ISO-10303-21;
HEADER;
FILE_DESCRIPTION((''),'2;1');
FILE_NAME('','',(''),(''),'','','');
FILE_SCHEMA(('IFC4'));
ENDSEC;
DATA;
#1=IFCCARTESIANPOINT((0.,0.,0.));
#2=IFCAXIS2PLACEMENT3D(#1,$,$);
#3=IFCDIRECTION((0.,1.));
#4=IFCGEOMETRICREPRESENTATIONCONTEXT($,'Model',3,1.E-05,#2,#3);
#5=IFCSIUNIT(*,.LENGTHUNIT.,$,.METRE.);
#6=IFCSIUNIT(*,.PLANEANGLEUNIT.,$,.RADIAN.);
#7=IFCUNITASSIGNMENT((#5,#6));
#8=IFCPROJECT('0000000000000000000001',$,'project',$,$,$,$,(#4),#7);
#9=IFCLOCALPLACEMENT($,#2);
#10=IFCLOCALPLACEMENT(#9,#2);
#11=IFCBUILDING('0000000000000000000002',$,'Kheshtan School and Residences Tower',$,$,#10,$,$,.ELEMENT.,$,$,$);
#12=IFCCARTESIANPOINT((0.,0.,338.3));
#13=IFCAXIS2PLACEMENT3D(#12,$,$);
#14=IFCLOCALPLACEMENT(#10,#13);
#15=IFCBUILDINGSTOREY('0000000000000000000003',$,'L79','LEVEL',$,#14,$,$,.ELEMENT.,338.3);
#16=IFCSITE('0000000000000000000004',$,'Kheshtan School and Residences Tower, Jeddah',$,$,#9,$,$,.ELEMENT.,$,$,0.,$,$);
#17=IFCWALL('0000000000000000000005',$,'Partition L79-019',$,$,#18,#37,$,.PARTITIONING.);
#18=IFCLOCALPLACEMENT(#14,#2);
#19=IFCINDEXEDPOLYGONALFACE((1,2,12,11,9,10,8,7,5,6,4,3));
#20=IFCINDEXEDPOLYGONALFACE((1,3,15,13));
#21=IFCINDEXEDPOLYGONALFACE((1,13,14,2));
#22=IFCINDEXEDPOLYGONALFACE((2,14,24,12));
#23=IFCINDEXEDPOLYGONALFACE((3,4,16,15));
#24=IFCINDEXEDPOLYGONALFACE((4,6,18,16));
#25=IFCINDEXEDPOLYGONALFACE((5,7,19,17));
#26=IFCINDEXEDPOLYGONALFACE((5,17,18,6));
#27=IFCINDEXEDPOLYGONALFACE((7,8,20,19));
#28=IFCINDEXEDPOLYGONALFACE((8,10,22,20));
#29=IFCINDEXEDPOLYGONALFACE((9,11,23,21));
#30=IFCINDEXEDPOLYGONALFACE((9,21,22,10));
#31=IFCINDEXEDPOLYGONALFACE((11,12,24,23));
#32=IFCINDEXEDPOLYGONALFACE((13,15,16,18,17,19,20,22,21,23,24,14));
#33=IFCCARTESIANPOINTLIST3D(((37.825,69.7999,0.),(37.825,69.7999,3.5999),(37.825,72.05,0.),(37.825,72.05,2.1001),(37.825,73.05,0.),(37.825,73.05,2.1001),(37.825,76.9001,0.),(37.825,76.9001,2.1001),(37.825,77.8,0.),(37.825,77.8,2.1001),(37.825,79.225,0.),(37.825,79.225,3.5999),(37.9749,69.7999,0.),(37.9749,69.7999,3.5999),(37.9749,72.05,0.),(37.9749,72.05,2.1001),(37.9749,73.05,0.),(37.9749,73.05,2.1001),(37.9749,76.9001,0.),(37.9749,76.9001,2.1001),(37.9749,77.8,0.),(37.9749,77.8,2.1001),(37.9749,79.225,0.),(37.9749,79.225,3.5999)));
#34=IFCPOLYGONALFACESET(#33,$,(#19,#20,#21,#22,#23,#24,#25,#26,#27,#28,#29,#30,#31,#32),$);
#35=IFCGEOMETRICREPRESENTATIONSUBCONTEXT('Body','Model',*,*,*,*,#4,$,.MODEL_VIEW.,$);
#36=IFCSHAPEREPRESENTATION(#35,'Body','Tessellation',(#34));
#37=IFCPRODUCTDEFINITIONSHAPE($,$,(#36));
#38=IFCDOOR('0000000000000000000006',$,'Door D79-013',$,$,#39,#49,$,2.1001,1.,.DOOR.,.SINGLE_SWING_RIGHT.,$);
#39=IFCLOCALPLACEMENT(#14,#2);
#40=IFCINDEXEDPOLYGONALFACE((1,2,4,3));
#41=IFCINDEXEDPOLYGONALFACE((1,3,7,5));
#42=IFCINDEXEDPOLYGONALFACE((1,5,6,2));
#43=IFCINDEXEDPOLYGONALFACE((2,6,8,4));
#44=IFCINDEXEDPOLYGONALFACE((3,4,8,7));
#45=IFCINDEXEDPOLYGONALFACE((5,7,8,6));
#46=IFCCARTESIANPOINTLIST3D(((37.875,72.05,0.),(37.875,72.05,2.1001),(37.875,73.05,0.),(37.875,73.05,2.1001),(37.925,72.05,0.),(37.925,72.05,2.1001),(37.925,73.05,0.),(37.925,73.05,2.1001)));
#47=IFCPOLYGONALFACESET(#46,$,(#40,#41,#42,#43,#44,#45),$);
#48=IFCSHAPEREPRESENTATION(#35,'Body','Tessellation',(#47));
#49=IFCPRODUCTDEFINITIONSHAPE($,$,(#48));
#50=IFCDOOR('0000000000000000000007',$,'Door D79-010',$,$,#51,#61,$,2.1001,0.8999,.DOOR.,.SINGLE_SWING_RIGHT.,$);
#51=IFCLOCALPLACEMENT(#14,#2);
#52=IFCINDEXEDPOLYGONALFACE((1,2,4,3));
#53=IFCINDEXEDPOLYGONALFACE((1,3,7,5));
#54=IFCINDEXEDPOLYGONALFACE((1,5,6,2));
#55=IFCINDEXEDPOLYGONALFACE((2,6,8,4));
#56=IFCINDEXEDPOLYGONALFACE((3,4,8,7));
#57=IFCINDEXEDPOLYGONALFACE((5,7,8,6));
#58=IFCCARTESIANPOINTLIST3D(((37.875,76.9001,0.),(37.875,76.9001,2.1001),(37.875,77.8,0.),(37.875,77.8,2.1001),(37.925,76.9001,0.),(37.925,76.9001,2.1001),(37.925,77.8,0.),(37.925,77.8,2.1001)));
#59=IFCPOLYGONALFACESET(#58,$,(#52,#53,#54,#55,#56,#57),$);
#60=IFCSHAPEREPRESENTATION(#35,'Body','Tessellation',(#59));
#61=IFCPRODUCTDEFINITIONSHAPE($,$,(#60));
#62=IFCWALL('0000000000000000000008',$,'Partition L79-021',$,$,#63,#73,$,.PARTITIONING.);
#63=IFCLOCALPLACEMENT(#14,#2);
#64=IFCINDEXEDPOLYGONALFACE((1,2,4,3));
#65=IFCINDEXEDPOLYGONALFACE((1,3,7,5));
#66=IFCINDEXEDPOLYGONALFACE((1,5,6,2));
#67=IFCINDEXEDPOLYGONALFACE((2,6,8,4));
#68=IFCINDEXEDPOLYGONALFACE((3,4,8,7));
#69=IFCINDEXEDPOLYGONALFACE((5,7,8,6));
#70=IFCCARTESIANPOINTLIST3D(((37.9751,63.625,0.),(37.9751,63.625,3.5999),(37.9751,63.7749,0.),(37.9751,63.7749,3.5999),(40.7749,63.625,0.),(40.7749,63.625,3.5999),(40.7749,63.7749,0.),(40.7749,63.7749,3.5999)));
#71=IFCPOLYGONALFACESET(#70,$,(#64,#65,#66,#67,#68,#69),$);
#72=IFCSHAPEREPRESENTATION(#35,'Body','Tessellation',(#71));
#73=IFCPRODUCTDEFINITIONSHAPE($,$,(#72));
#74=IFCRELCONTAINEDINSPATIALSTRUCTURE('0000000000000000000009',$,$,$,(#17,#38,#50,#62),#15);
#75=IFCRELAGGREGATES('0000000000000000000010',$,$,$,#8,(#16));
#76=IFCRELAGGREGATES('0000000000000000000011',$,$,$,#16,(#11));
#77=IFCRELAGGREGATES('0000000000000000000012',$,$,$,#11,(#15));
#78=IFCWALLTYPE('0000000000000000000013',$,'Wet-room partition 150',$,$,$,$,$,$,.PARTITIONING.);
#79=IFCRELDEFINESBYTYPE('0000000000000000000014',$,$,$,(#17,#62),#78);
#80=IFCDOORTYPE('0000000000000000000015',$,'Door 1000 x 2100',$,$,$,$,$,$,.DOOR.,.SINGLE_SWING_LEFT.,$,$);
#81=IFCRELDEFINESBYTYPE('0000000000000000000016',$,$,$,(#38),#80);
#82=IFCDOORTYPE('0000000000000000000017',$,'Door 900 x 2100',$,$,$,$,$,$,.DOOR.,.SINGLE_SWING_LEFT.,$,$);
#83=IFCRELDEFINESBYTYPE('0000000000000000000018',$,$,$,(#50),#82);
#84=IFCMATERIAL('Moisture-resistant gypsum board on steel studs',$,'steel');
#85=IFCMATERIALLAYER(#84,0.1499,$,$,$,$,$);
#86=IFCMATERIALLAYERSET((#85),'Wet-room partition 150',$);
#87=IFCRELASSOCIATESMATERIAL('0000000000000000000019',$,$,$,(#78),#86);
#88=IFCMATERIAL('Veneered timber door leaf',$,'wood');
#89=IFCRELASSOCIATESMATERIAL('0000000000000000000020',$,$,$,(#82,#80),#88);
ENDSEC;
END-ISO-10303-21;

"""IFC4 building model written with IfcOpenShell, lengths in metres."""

from ifc_helpers import new_model, si_unit, direction, frame, frame_2d, origin, place, context, subcontext, project, spatial, rectangle, extrude, source, transform, mapped, material, layer, layer_set, type_object, element, fill, save


model = new_model("IFC4")

# Units and contexts
model_context = context("Model", 3, precision=1e-05, world=origin(), true_north=direction((0.0, 1.0)))
body_context = subcontext(model_context, "Body", "Model", "MODEL_VIEW")
ifc_project = project(units=[si_unit("LENGTHUNIT", "METRE"), si_unit("PLANEANGLEUNIT", "RADIAN")], contexts=[model_context])

# Site, building, storey
site_placement = place(None, origin())
site = spatial("IfcSite", under=ifc_project, at=site_placement, Name="Kheshtan School and Residences Tower, Jeddah", CompositionType="ELEMENT", RefElevation=0.0)
building_placement = place(site_placement, origin())
building = spatial("IfcBuilding", under=site, at=building_placement, Name="Kheshtan School and Residences Tower", CompositionType="ELEMENT")
storey_placement = place(building_placement, frame((0.0, 0.0, 338.3)))
storey = spatial("IfcBuildingStorey", under=building, at=storey_placement, Name="L79", Description="LEVEL", CompositionType="ELEMENT", Elevation=338.3)

# Shared definitions
ifc_material_1 = material(Name="Moisture-resistant gypsum board on steel studs", Category="steel")
ifc_layer_1 = layer(ifc_material_1, 0.1499)
ifc_layer_set_1 = layer_set([ifc_layer_1], Name="Wet-room partition 150")
wall_type_1 = type_object("IfcWallType", Name="Wet-room partition 150", PredefinedType="PARTITIONING", material=ifc_layer_set_1)

# Shared definitions
ifc_material_2 = material(Name="Veneered timber door leaf", Category="wood")
door_type_1 = type_object("IfcDoorType", Name="Door 900 x 2100", OperationType="SINGLE_SWING_LEFT", PredefinedType="DOOR", material=ifc_material_2)
shared_shape_1 = source(origin(), body_context, "Body", "SweptSolid", [
    extrude(rectangle(XDim=0.8999, YDim=2.1001, at=frame_2d((0.45, 1.05))), frame((0.0, 0.0249, 0.0), z_axis=(0.0, -1.0, 0.0), x_axis=(1.0, 0.0, 0.0)), (0.0, 0.0, 1.0), 0.05),
])

# Wall, openings, doors
wall_1_placement = place(storey_placement, frame((37.8999, 69.8, 0.0), z_axis=(0.0, 0.0, 1.0), x_axis=(0.0, 1.0, 0.0)))
wall_1 = element("IfcWall", 1, at=wall_1_placement, inside=storey, type_object=wall_type_1, Name="Partition L79-019", PredefinedType="PARTITIONING", context=body_context, shape_type="SweptSolid", body=[
    extrude(rectangle(XDim=9.425, YDim=0.1499, at=frame_2d((4.7124, 0.0))), origin(), (0.0, 0.0, 1.0), 3.5999),
])
opening_1_placement = place(wall_1_placement, frame((7.1001, 0.0, 0.0)))
opening_1 = element("IfcOpeningElement", 2, at=opening_1_placement, cuts=wall_1, PredefinedType="OPENING", context=body_context, shape_type="SweptSolid", body=[
    extrude(rectangle(XDim=0.8999, YDim=2.1001, at=frame_2d((0.45, 1.05))), frame((0.0, 0.085, 0.0), z_axis=(0.0, -1.0, 0.0), x_axis=(1.0, 0.0, 0.0)), (0.0, 0.0, 1.0), 0.1699),
])
opening_2_placement = place(wall_1_placement, frame((2.25, 0.0, 0.0)))
opening_2 = element("IfcOpeningElement", 3, at=opening_2_placement, cuts=wall_1, PredefinedType="OPENING", context=body_context, shape_type="SweptSolid", body=[
    extrude(rectangle(XDim=1.0, YDim=2.1001, at=frame_2d((0.5, 1.05))), frame((0.0, 0.085, 0.0), z_axis=(0.0, -1.0, 0.0), x_axis=(1.0, 0.0, 0.0)), (0.0, 0.0, 1.0), 0.1699),
])
door_type_2 = type_object("IfcDoorType", Name="Door 1000 x 2100", OperationType="SINGLE_SWING_LEFT", PredefinedType="DOOR", material=ifc_material_2)
shared_shape_2 = source(origin(), body_context, "Body", "SweptSolid", [
    extrude(rectangle(XDim=1.0, YDim=2.1001, at=frame_2d((0.5, 1.05))), frame((0.0, 0.0249, 0.0), z_axis=(0.0, -1.0, 0.0), x_axis=(1.0, 0.0, 0.0)), (0.0, 0.0, 1.0), 0.05),
])
door_1_placement = place(opening_2_placement, origin())
door_1 = element("IfcDoor", 4, at=door_1_placement, inside=storey, type_object=door_type_2, Name="Door D79-013", OperationType="SINGLE_SWING_RIGHT", OverallHeight=2.1001, OverallWidth=1.0, PredefinedType="DOOR", context=body_context, shape_type="MappedRepresentation", body=[
    mapped(shared_shape_2, transform((0.0, 0.0, 0.0), x_axis=(1.0, 0.0, 0.0), y_axis=(0.0, 1.0, 0.0), z_axis=(0.0, 0.0, 1.0), scale=1.0)),
])
fill(opening_2, door_1)
door_2_placement = place(opening_1_placement, origin())
door_2 = element("IfcDoor", 5, at=door_2_placement, inside=storey, type_object=door_type_1, Name="Door D79-010", OperationType="SINGLE_SWING_RIGHT", OverallHeight=2.1001, OverallWidth=0.8999, PredefinedType="DOOR", context=body_context, shape_type="MappedRepresentation", body=[
    mapped(shared_shape_1, transform((0.0, 0.0, 0.0), x_axis=(1.0, 0.0, 0.0), y_axis=(0.0, 1.0, 0.0), z_axis=(0.0, 0.0, 1.0), scale=1.0)),
])
fill(opening_1, door_2)

# Wall
wall_2_placement = place(storey_placement, frame((37.9751, 63.7, 0.0), z_axis=(0.0, 0.0, 1.0), x_axis=(1.0, 0.0, 0.0)))
element("IfcWall", 6, at=wall_2_placement, inside=storey, type_object=wall_type_1, Name="Partition L79-021", PredefinedType="PARTITIONING", context=body_context, shape_type="SweptSolid", body=[
    extrude(rectangle(XDim=2.7998, YDim=0.1499, at=frame_2d((1.3999, 0.0))), origin(), (0.0, 0.0, 1.0), 3.5999),
])

save(model, "model.ifc")
